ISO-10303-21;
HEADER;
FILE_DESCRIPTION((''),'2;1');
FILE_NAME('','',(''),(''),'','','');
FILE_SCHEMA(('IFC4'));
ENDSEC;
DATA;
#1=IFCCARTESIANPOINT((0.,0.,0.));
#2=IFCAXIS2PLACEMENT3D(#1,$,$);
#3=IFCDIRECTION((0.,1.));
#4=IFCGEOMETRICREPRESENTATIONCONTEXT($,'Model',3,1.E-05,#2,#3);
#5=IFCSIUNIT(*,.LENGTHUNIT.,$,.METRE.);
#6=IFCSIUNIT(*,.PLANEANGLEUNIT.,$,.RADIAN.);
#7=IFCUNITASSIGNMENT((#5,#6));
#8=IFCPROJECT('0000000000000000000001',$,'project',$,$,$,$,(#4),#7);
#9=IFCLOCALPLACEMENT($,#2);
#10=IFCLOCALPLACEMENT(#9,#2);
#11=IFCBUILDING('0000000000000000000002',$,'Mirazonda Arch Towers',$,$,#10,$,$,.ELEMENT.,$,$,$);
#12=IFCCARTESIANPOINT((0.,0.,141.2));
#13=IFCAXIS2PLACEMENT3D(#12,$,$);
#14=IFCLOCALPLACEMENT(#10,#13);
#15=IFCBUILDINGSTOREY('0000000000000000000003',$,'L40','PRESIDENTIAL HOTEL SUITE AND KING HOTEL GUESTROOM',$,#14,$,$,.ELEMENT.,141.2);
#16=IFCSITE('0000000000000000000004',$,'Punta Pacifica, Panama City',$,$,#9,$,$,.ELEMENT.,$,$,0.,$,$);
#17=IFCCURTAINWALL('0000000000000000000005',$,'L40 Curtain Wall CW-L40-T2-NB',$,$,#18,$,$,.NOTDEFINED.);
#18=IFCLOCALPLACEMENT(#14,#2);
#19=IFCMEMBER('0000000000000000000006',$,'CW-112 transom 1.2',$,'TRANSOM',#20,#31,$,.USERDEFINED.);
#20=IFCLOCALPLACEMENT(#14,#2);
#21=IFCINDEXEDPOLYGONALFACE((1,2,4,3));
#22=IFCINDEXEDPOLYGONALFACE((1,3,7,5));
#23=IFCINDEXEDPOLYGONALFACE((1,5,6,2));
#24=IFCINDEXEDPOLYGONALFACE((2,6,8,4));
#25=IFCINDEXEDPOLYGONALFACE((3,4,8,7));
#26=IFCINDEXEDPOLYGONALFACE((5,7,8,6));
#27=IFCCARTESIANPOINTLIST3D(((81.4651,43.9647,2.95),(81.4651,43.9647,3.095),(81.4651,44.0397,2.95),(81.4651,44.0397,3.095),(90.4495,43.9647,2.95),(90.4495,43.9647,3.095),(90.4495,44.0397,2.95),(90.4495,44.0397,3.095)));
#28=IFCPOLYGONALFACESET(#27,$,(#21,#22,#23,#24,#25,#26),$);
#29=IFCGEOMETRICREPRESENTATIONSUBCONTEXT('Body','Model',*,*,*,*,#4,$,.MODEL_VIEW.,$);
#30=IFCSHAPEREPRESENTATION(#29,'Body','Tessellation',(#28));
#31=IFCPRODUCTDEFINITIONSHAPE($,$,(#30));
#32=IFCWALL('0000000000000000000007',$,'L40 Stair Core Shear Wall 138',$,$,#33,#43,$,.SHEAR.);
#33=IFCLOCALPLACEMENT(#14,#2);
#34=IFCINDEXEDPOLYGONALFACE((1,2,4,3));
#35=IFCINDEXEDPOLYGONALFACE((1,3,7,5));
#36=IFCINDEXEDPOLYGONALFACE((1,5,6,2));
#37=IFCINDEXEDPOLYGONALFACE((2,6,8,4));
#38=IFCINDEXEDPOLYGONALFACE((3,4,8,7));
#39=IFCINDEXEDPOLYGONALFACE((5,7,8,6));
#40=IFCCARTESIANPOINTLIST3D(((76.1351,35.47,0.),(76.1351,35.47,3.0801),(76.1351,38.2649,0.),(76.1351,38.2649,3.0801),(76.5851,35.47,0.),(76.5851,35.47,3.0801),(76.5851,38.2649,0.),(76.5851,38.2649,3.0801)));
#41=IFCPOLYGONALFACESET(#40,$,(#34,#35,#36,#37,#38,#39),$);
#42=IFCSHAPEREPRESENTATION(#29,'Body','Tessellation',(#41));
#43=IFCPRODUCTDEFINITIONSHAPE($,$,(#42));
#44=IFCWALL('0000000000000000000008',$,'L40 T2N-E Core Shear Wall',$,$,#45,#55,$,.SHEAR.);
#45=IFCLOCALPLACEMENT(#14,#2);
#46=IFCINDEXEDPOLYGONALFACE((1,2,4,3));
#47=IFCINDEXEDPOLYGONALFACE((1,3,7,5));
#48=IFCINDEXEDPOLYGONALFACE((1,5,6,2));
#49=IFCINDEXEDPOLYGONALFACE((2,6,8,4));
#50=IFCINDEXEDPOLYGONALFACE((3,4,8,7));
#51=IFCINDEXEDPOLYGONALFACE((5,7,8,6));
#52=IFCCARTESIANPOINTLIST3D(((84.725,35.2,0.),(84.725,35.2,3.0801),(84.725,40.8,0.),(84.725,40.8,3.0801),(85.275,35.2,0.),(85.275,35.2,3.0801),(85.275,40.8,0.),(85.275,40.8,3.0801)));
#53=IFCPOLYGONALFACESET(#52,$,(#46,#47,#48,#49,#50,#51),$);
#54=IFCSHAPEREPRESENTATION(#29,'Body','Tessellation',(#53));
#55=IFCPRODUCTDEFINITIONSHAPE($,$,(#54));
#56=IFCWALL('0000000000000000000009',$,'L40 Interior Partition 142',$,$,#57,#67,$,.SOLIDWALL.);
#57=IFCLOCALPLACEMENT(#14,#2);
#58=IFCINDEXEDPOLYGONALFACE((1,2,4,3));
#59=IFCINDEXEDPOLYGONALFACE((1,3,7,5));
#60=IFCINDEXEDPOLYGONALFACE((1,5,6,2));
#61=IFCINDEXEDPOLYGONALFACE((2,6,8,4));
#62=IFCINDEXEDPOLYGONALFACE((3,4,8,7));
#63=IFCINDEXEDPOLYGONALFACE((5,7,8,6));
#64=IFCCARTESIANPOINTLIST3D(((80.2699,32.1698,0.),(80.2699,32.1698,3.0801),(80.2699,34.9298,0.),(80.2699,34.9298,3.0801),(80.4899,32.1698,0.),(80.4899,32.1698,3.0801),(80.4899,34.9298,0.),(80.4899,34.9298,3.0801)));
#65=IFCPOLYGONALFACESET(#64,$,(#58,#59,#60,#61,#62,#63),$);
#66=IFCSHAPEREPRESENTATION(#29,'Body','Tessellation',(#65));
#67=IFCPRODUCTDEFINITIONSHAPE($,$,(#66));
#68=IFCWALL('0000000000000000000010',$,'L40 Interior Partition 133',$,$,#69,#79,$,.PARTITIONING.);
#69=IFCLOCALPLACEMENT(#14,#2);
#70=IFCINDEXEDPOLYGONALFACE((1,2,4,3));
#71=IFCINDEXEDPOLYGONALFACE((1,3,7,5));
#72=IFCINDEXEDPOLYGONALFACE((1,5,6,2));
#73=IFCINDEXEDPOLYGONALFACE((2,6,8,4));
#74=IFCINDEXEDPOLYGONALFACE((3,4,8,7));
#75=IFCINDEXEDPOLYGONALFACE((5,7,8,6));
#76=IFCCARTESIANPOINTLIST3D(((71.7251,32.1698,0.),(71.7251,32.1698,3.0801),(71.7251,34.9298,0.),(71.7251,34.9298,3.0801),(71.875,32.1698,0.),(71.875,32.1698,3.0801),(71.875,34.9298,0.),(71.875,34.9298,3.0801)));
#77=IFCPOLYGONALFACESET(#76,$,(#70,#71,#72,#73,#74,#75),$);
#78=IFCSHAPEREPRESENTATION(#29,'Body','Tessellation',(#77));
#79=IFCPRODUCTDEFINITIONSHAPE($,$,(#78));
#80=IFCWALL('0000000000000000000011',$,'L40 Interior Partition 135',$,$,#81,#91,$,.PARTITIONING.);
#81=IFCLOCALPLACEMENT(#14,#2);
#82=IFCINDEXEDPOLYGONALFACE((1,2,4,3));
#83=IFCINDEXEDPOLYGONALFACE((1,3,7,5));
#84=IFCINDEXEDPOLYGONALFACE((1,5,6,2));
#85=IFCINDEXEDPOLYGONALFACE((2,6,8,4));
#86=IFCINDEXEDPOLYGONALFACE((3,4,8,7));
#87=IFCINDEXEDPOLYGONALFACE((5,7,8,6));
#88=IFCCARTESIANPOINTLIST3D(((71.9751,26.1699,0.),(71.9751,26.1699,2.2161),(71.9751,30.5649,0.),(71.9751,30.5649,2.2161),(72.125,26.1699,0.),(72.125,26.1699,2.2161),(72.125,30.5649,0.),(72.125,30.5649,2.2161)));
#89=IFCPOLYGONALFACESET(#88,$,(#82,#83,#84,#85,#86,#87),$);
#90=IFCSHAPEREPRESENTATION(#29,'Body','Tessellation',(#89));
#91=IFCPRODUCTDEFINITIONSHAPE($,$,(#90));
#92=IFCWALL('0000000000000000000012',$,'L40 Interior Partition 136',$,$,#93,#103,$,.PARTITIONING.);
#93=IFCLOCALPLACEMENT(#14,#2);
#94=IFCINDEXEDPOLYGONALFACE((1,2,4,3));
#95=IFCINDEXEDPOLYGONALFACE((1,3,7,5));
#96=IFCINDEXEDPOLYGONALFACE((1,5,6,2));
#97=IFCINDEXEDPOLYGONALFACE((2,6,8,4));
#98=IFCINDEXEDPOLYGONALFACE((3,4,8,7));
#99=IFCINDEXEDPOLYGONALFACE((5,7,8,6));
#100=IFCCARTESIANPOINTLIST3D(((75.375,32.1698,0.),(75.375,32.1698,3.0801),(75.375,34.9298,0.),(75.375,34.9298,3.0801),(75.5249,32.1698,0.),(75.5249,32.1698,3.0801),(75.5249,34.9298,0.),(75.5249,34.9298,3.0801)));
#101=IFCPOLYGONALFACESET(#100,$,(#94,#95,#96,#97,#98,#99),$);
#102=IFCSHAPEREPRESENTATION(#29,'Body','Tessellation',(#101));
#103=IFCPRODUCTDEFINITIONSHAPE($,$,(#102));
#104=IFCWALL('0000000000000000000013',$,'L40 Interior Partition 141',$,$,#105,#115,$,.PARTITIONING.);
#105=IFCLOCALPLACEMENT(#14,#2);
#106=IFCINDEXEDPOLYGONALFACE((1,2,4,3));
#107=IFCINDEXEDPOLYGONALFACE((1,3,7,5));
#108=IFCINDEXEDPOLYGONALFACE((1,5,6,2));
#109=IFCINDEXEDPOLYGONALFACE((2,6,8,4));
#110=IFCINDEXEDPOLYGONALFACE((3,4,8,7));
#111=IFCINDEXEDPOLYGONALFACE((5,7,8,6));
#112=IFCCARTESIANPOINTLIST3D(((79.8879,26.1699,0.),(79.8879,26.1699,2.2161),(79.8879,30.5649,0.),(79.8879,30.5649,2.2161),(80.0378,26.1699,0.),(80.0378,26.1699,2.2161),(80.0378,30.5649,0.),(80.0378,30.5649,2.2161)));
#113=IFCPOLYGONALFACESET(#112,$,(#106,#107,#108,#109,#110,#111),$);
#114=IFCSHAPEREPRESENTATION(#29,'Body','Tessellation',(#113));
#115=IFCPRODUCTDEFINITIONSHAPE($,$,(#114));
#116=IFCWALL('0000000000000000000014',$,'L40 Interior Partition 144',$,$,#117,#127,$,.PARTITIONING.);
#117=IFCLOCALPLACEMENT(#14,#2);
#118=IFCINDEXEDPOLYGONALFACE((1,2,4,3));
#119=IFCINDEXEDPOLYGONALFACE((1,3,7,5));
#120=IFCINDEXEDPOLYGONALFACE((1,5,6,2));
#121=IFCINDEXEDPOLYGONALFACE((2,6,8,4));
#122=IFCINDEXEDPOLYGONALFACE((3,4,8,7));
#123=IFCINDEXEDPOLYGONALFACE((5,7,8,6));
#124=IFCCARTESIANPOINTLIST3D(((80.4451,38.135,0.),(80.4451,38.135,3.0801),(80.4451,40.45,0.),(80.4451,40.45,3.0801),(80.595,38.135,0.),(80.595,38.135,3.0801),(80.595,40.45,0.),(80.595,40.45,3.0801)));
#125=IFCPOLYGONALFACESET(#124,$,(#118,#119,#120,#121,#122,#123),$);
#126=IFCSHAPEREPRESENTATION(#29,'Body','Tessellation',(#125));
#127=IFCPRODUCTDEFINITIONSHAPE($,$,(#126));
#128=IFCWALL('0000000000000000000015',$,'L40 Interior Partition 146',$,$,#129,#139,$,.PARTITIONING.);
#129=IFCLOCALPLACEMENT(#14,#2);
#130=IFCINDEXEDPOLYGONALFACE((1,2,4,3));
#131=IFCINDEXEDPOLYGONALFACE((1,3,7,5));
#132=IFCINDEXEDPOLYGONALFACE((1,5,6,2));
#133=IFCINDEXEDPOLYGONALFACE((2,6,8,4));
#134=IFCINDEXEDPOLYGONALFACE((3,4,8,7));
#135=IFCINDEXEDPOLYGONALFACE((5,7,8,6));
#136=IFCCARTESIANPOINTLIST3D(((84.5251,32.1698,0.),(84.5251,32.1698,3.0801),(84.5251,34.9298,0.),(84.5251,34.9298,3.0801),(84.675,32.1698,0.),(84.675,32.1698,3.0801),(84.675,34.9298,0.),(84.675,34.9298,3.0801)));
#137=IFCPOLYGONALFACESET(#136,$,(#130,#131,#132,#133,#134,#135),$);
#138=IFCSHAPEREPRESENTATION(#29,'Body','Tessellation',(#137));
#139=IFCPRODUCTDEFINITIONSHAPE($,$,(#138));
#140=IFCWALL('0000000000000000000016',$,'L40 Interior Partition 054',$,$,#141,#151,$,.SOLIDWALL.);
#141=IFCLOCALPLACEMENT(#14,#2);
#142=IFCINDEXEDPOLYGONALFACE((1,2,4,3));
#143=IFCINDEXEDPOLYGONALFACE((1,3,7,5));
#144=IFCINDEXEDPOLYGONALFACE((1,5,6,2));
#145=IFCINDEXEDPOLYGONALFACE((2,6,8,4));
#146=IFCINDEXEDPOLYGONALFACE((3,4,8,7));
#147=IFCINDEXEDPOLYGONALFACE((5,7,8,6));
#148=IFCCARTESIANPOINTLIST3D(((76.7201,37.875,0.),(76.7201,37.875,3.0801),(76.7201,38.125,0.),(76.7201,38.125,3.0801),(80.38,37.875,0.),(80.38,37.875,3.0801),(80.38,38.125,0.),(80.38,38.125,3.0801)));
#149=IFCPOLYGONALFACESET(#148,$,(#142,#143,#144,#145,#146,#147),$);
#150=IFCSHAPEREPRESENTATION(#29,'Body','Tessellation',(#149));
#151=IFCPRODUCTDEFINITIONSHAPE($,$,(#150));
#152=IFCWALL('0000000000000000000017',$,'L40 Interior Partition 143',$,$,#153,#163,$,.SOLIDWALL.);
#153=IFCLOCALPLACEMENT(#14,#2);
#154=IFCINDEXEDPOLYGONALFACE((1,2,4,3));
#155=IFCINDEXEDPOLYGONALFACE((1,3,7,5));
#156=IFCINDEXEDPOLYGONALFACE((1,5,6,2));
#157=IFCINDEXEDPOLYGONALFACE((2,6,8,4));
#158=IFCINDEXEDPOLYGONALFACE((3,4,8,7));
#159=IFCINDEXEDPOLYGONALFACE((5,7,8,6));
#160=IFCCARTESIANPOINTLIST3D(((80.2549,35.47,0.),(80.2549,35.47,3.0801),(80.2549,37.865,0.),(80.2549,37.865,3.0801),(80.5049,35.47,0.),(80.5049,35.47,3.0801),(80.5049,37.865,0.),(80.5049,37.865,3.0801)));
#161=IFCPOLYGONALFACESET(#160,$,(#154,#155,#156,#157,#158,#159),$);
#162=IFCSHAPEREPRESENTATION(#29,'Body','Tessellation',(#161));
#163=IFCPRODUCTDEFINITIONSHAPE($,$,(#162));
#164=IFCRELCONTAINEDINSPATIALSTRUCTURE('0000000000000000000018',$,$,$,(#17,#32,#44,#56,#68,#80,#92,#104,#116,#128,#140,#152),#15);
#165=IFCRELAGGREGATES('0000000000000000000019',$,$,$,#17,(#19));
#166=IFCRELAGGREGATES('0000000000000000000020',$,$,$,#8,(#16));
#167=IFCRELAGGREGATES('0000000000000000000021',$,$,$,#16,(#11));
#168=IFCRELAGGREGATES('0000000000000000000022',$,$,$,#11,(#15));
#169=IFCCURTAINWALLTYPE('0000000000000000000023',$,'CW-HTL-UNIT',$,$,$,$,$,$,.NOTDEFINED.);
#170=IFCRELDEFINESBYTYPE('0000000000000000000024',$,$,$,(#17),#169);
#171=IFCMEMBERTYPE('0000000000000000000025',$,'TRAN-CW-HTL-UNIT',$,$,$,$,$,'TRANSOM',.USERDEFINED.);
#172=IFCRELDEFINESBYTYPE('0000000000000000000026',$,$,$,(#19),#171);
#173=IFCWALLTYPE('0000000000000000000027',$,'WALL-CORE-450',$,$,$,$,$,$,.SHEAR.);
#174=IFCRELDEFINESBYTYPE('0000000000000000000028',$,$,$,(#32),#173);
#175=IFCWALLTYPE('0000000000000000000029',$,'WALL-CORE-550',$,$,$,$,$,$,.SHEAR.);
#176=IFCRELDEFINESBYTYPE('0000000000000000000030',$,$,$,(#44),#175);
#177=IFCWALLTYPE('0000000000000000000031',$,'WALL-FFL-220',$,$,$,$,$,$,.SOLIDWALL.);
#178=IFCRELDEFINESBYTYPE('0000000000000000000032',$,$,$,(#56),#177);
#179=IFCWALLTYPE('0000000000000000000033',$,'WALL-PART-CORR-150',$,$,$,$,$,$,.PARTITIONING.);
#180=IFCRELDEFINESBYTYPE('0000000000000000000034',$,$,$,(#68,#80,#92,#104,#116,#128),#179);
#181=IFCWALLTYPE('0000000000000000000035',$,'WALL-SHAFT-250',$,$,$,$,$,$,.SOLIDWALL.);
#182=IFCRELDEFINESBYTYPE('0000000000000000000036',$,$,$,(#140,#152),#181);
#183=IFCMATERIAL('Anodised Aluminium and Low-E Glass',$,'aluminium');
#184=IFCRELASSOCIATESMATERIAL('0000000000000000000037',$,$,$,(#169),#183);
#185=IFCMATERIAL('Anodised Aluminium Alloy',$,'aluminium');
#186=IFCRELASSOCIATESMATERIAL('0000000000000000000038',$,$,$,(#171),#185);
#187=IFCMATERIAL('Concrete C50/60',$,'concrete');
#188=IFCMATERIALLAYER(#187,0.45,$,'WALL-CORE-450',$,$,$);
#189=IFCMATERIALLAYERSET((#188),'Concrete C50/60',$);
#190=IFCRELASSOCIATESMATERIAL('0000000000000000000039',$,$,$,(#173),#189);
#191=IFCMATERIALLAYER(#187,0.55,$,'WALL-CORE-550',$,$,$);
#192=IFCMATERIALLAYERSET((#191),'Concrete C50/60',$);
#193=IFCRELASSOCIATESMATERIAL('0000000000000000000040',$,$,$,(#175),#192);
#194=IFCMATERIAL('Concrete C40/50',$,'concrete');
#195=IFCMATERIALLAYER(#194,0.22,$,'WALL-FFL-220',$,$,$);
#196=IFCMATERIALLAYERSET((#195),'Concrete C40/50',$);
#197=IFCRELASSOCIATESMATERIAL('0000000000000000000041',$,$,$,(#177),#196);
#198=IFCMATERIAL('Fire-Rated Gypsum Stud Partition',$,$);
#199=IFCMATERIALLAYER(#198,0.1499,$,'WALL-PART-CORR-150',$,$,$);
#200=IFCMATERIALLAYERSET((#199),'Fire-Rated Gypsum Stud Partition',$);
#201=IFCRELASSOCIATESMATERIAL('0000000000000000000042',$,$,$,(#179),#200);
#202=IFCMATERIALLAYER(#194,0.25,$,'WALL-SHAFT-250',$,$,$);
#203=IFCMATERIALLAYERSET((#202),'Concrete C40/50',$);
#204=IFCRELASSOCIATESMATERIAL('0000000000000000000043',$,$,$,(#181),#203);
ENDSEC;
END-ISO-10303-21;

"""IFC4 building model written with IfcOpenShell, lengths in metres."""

from ifc_helpers import new_model, si_unit, direction, frame, frame_2d, origin, origin_2d, place, context, subcontext, project, spatial, rectangle, extrude, material, layer, layer_set, material_profile, profile_set, type_object, element, aggregate, save


model = new_model("IFC4")

# Units and contexts
model_context = context("Model", 3, precision=1e-05, world=origin(), true_north=direction((0.0, 1.0)))
body_context = subcontext(model_context, "Body", "Model", "MODEL_VIEW")
ifc_project = project(units=[si_unit("LENGTHUNIT", "METRE"), si_unit("PLANEANGLEUNIT", "RADIAN")], contexts=[model_context])

# Site, building, storey
site_placement = place(None, origin())
site = spatial("IfcSite", under=ifc_project, at=site_placement, Name="Punta Pacifica, Panama City", CompositionType="ELEMENT", RefElevation=0.0)
building_placement = place(site_placement, origin())
building = spatial("IfcBuilding", under=site, at=building_placement, Name="Mirazonda Arch Towers", CompositionType="ELEMENT")
storey_placement = place(building_placement, frame((0.0, 0.0, 141.2)))
storey = spatial("IfcBuildingStorey", under=building, at=storey_placement, Name="L40", Description="PRESIDENTIAL HOTEL SUITE AND KING HOTEL GUESTROOM", CompositionType="ELEMENT", Elevation=141.2)

# Shared definitions
ifc_material_1 = material(Name="Concrete C50/60", Category="concrete")

# Curtain wall, member
ifc_material_2 = material(Name="Anodised Aluminium and Low-E Glass", Category="aluminium")
curtain_wall_type = type_object("IfcCurtainWallType", Name="CW-HTL-UNIT", PredefinedType="NOTDEFINED", material=ifc_material_2)
curtain_wall_placement = place(storey_placement, origin())
curtain_wall = element("IfcCurtainWall", 1, at=curtain_wall_placement, inside=storey, type_object=curtain_wall_type, Name="L40 Curtain Wall CW-L40-T2-NB", PredefinedType="NOTDEFINED")
ifc_material_3 = material(Name="Anodised Aluminium Alloy", Category="aluminium")
ifc_material_profile_1 = material_profile(ifc_material_3, rectangle(XDim=0.075, YDim=0.145, at=origin_2d()), Name="ALU-TRAN-75x145")
ifc_profile_set_1 = profile_set([ifc_material_profile_1], Name="Anodised Aluminium Alloy")
member_type_1 = type_object("IfcMemberType", Name="TRAN-CW-HTL-UNIT", ElementType="TRANSOM", PredefinedType="USERDEFINED", material=ifc_profile_set_1)
member_1_placement = place(storey_placement, frame((81.4651, 44.0022, 3.0225), z_axis=(1.0, 0.0, 0.0), x_axis=(0.0, 1.0, 0.0)))
member_1 = element("IfcMember", 2, at=member_1_placement, type_object=member_type_1, Name="CW-112 transom 1.2", ObjectType="TRANSOM", PredefinedType="USERDEFINED", context=body_context, shape_type="SweptSolid", body=[
    extrude(rectangle(XDim=0.075, YDim=0.145, at=origin_2d()), origin(), (0.0, 0.0, 1.0), 8.9844),
])
aggregate(curtain_wall, [member_1])

# Walls
ifc_layer_1 = layer(ifc_material_1, 0.45, Name="WALL-CORE-450")
ifc_layer_set_1 = layer_set([ifc_layer_1], Name="Concrete C50/60")
wall_type_1 = type_object("IfcWallType", Name="WALL-CORE-450", PredefinedType="SHEAR", material=ifc_layer_set_1)
wall_1_placement = place(storey_placement, frame((76.3601, 35.47, 0.0), z_axis=(0.0, 0.0, 1.0), x_axis=(0.0, 1.0, 0.0)))
element("IfcWall", 3, at=wall_1_placement, inside=storey, type_object=wall_type_1, Name="L40 Stair Core Shear Wall 138", PredefinedType="SHEAR", context=body_context, shape_type="SweptSolid", body=[
    extrude(rectangle(XDim=2.7949, YDim=0.45, at=frame_2d((1.3975, 0.0))), origin(), (0.0, 0.0, 1.0), 3.0801),
])
ifc_layer_2 = layer(ifc_material_1, 0.55, Name="WALL-CORE-550")
ifc_layer_set_2 = layer_set([ifc_layer_2], Name="Concrete C50/60")
wall_type_2 = type_object("IfcWallType", Name="WALL-CORE-550", PredefinedType="SHEAR", material=ifc_layer_set_2)
wall_2_placement = place(storey_placement, frame((85.0, 35.2, 0.0), z_axis=(0.0, 0.0, 1.0), x_axis=(0.0, 1.0, 0.0)))
element("IfcWall", 4, at=wall_2_placement, inside=storey, type_object=wall_type_2, Name="L40 T2N-E Core Shear Wall", PredefinedType="SHEAR", context=body_context, shape_type="SweptSolid", body=[
    extrude(rectangle(XDim=5.6001, YDim=0.55, at=frame_2d((2.8, 0.0))), origin(), (0.0, 0.0, 1.0), 3.0801),
])
ifc_material_4 = material(Name="Concrete C40/50", Category="concrete")
ifc_layer_3 = layer(ifc_material_4, 0.22, Name="WALL-FFL-220")
ifc_layer_set_3 = layer_set([ifc_layer_3], Name="Concrete C40/50")
wall_type_3 = type_object("IfcWallType", Name="WALL-FFL-220", PredefinedType="SOLIDWALL", material=ifc_layer_set_3)
wall_3_placement = place(storey_placement, frame((80.3799, 32.1699, 0.0), z_axis=(0.0, 0.0, 1.0), x_axis=(0.0, 1.0, 0.0)))
element("IfcWall", 5, at=wall_3_placement, inside=storey, type_object=wall_type_3, Name="L40 Interior Partition 142", PredefinedType="SOLIDWALL", context=body_context, shape_type="SweptSolid", body=[
    extrude(rectangle(XDim=2.76, YDim=0.22, at=frame_2d((1.3799, 0.0))), origin(), (0.0, 0.0, 1.0), 3.0801),
])
ifc_material_5 = material(Name="Fire-Rated Gypsum Stud Partition")
ifc_layer_4 = layer(ifc_material_5, 0.1499, Name="WALL-PART-CORR-150")
ifc_layer_set_4 = layer_set([ifc_layer_4], Name="Fire-Rated Gypsum Stud Partition")
wall_type_4 = type_object("IfcWallType", Name="WALL-PART-CORR-150", PredefinedType="PARTITIONING", material=ifc_layer_set_4)
wall_4_placement = place(storey_placement, frame((71.8, 32.1699, 0.0), z_axis=(0.0, 0.0, 1.0), x_axis=(0.0, 1.0, 0.0)))
element("IfcWall", 6, at=wall_4_placement, inside=storey, type_object=wall_type_4, Name="L40 Interior Partition 133", PredefinedType="PARTITIONING", context=body_context, shape_type="SweptSolid", body=[
    extrude(rectangle(XDim=2.76, YDim=0.1499, at=frame_2d((1.3799, 0.0))), origin(), (0.0, 0.0, 1.0), 3.0801),
])
wall_5_placement = place(storey_placement, frame((72.05, 26.1699, 0.0), z_axis=(0.0, 0.0, 1.0), x_axis=(0.0, 1.0, 0.0)))
element("IfcWall", 7, at=wall_5_placement, inside=storey, type_object=wall_type_4, Name="L40 Interior Partition 135", PredefinedType="PARTITIONING", context=body_context, shape_type="SweptSolid", body=[
    extrude(rectangle(XDim=4.395, YDim=0.1499, at=frame_2d((2.1975, 0.0))), origin(), (0.0, 0.0, 1.0), 2.2161),
])
wall_6_placement = place(storey_placement, frame((75.45, 32.1699, 0.0), z_axis=(0.0, 0.0, 1.0), x_axis=(0.0, 1.0, 0.0)))
element("IfcWall", 8, at=wall_6_placement, inside=storey, type_object=wall_type_4, Name="L40 Interior Partition 136", PredefinedType="PARTITIONING", context=body_context, shape_type="SweptSolid", body=[
    extrude(rectangle(XDim=2.76, YDim=0.1499, at=frame_2d((1.3799, 0.0))), origin(), (0.0, 0.0, 1.0), 3.0801),
])
wall_7_placement = place(storey_placement, frame((79.9629, 26.1699, 0.0), z_axis=(0.0, 0.0, 1.0), x_axis=(0.0, 1.0, 0.0)))
element("IfcWall", 9, at=wall_7_placement, inside=storey, type_object=wall_type_4, Name="L40 Interior Partition 141", PredefinedType="PARTITIONING", context=body_context, shape_type="SweptSolid", body=[
    extrude(rectangle(XDim=4.395, YDim=0.1499, at=frame_2d((2.1975, 0.0))), origin(), (0.0, 0.0, 1.0), 2.2161),
])
wall_8_placement = place(storey_placement, frame((80.52, 38.135, 0.0), z_axis=(0.0, 0.0, 1.0), x_axis=(0.0, 1.0, 0.0)))
element("IfcWall", 10, at=wall_8_placement, inside=storey, type_object=wall_type_4, Name="L40 Interior Partition 144", PredefinedType="PARTITIONING", context=body_context, shape_type="SweptSolid", body=[
    extrude(rectangle(XDim=2.3149, YDim=0.1499, at=frame_2d((1.1575, 0.0))), origin(), (0.0, 0.0, 1.0), 3.0801),
])
wall_9_placement = place(storey_placement, frame((84.6001, 32.1699, 0.0), z_axis=(0.0, 0.0, 1.0), x_axis=(0.0, 1.0, 0.0)))
element("IfcWall", 11, at=wall_9_placement, inside=storey, type_object=wall_type_4, Name="L40 Interior Partition 146", PredefinedType="PARTITIONING", context=body_context, shape_type="SweptSolid", body=[
    extrude(rectangle(XDim=2.76, YDim=0.1499, at=frame_2d((1.3799, 0.0))), origin(), (0.0, 0.0, 1.0), 3.0801),
])
ifc_layer_5 = layer(ifc_material_4, 0.25, Name="WALL-SHAFT-250")
ifc_layer_set_5 = layer_set([ifc_layer_5], Name="Concrete C40/50")
wall_type_5 = type_object("IfcWallType", Name="WALL-SHAFT-250", PredefinedType="SOLIDWALL", material=ifc_layer_set_5)
wall_10_placement = place(storey_placement, frame((76.72, 38.0, 0.0), z_axis=(0.0, 0.0, 1.0), x_axis=(1.0, 0.0, 0.0)))
element("IfcWall", 12, at=wall_10_placement, inside=storey, type_object=wall_type_5, Name="L40 Interior Partition 054", PredefinedType="SOLIDWALL", context=body_context, shape_type="SweptSolid", body=[
    extrude(rectangle(XDim=3.6599, YDim=0.25, at=frame_2d((1.8301, 0.0))), origin(), (0.0, 0.0, 1.0), 3.0801),
])
wall_11_placement = place(storey_placement, frame((80.3799, 35.47, 0.0), z_axis=(0.0, 0.0, 1.0), x_axis=(0.0, 1.0, 0.0)))
element("IfcWall", 13, at=wall_11_placement, inside=storey, type_object=wall_type_5, Name="L40 Interior Partition 143", PredefinedType="SOLIDWALL", context=body_context, shape_type="SweptSolid", body=[
    extrude(rectangle(XDim=2.395, YDim=0.25, at=frame_2d((1.1975, 0.0))), origin(), (0.0, 0.0, 1.0), 3.0801),
])

save(model, "model.ifc")
